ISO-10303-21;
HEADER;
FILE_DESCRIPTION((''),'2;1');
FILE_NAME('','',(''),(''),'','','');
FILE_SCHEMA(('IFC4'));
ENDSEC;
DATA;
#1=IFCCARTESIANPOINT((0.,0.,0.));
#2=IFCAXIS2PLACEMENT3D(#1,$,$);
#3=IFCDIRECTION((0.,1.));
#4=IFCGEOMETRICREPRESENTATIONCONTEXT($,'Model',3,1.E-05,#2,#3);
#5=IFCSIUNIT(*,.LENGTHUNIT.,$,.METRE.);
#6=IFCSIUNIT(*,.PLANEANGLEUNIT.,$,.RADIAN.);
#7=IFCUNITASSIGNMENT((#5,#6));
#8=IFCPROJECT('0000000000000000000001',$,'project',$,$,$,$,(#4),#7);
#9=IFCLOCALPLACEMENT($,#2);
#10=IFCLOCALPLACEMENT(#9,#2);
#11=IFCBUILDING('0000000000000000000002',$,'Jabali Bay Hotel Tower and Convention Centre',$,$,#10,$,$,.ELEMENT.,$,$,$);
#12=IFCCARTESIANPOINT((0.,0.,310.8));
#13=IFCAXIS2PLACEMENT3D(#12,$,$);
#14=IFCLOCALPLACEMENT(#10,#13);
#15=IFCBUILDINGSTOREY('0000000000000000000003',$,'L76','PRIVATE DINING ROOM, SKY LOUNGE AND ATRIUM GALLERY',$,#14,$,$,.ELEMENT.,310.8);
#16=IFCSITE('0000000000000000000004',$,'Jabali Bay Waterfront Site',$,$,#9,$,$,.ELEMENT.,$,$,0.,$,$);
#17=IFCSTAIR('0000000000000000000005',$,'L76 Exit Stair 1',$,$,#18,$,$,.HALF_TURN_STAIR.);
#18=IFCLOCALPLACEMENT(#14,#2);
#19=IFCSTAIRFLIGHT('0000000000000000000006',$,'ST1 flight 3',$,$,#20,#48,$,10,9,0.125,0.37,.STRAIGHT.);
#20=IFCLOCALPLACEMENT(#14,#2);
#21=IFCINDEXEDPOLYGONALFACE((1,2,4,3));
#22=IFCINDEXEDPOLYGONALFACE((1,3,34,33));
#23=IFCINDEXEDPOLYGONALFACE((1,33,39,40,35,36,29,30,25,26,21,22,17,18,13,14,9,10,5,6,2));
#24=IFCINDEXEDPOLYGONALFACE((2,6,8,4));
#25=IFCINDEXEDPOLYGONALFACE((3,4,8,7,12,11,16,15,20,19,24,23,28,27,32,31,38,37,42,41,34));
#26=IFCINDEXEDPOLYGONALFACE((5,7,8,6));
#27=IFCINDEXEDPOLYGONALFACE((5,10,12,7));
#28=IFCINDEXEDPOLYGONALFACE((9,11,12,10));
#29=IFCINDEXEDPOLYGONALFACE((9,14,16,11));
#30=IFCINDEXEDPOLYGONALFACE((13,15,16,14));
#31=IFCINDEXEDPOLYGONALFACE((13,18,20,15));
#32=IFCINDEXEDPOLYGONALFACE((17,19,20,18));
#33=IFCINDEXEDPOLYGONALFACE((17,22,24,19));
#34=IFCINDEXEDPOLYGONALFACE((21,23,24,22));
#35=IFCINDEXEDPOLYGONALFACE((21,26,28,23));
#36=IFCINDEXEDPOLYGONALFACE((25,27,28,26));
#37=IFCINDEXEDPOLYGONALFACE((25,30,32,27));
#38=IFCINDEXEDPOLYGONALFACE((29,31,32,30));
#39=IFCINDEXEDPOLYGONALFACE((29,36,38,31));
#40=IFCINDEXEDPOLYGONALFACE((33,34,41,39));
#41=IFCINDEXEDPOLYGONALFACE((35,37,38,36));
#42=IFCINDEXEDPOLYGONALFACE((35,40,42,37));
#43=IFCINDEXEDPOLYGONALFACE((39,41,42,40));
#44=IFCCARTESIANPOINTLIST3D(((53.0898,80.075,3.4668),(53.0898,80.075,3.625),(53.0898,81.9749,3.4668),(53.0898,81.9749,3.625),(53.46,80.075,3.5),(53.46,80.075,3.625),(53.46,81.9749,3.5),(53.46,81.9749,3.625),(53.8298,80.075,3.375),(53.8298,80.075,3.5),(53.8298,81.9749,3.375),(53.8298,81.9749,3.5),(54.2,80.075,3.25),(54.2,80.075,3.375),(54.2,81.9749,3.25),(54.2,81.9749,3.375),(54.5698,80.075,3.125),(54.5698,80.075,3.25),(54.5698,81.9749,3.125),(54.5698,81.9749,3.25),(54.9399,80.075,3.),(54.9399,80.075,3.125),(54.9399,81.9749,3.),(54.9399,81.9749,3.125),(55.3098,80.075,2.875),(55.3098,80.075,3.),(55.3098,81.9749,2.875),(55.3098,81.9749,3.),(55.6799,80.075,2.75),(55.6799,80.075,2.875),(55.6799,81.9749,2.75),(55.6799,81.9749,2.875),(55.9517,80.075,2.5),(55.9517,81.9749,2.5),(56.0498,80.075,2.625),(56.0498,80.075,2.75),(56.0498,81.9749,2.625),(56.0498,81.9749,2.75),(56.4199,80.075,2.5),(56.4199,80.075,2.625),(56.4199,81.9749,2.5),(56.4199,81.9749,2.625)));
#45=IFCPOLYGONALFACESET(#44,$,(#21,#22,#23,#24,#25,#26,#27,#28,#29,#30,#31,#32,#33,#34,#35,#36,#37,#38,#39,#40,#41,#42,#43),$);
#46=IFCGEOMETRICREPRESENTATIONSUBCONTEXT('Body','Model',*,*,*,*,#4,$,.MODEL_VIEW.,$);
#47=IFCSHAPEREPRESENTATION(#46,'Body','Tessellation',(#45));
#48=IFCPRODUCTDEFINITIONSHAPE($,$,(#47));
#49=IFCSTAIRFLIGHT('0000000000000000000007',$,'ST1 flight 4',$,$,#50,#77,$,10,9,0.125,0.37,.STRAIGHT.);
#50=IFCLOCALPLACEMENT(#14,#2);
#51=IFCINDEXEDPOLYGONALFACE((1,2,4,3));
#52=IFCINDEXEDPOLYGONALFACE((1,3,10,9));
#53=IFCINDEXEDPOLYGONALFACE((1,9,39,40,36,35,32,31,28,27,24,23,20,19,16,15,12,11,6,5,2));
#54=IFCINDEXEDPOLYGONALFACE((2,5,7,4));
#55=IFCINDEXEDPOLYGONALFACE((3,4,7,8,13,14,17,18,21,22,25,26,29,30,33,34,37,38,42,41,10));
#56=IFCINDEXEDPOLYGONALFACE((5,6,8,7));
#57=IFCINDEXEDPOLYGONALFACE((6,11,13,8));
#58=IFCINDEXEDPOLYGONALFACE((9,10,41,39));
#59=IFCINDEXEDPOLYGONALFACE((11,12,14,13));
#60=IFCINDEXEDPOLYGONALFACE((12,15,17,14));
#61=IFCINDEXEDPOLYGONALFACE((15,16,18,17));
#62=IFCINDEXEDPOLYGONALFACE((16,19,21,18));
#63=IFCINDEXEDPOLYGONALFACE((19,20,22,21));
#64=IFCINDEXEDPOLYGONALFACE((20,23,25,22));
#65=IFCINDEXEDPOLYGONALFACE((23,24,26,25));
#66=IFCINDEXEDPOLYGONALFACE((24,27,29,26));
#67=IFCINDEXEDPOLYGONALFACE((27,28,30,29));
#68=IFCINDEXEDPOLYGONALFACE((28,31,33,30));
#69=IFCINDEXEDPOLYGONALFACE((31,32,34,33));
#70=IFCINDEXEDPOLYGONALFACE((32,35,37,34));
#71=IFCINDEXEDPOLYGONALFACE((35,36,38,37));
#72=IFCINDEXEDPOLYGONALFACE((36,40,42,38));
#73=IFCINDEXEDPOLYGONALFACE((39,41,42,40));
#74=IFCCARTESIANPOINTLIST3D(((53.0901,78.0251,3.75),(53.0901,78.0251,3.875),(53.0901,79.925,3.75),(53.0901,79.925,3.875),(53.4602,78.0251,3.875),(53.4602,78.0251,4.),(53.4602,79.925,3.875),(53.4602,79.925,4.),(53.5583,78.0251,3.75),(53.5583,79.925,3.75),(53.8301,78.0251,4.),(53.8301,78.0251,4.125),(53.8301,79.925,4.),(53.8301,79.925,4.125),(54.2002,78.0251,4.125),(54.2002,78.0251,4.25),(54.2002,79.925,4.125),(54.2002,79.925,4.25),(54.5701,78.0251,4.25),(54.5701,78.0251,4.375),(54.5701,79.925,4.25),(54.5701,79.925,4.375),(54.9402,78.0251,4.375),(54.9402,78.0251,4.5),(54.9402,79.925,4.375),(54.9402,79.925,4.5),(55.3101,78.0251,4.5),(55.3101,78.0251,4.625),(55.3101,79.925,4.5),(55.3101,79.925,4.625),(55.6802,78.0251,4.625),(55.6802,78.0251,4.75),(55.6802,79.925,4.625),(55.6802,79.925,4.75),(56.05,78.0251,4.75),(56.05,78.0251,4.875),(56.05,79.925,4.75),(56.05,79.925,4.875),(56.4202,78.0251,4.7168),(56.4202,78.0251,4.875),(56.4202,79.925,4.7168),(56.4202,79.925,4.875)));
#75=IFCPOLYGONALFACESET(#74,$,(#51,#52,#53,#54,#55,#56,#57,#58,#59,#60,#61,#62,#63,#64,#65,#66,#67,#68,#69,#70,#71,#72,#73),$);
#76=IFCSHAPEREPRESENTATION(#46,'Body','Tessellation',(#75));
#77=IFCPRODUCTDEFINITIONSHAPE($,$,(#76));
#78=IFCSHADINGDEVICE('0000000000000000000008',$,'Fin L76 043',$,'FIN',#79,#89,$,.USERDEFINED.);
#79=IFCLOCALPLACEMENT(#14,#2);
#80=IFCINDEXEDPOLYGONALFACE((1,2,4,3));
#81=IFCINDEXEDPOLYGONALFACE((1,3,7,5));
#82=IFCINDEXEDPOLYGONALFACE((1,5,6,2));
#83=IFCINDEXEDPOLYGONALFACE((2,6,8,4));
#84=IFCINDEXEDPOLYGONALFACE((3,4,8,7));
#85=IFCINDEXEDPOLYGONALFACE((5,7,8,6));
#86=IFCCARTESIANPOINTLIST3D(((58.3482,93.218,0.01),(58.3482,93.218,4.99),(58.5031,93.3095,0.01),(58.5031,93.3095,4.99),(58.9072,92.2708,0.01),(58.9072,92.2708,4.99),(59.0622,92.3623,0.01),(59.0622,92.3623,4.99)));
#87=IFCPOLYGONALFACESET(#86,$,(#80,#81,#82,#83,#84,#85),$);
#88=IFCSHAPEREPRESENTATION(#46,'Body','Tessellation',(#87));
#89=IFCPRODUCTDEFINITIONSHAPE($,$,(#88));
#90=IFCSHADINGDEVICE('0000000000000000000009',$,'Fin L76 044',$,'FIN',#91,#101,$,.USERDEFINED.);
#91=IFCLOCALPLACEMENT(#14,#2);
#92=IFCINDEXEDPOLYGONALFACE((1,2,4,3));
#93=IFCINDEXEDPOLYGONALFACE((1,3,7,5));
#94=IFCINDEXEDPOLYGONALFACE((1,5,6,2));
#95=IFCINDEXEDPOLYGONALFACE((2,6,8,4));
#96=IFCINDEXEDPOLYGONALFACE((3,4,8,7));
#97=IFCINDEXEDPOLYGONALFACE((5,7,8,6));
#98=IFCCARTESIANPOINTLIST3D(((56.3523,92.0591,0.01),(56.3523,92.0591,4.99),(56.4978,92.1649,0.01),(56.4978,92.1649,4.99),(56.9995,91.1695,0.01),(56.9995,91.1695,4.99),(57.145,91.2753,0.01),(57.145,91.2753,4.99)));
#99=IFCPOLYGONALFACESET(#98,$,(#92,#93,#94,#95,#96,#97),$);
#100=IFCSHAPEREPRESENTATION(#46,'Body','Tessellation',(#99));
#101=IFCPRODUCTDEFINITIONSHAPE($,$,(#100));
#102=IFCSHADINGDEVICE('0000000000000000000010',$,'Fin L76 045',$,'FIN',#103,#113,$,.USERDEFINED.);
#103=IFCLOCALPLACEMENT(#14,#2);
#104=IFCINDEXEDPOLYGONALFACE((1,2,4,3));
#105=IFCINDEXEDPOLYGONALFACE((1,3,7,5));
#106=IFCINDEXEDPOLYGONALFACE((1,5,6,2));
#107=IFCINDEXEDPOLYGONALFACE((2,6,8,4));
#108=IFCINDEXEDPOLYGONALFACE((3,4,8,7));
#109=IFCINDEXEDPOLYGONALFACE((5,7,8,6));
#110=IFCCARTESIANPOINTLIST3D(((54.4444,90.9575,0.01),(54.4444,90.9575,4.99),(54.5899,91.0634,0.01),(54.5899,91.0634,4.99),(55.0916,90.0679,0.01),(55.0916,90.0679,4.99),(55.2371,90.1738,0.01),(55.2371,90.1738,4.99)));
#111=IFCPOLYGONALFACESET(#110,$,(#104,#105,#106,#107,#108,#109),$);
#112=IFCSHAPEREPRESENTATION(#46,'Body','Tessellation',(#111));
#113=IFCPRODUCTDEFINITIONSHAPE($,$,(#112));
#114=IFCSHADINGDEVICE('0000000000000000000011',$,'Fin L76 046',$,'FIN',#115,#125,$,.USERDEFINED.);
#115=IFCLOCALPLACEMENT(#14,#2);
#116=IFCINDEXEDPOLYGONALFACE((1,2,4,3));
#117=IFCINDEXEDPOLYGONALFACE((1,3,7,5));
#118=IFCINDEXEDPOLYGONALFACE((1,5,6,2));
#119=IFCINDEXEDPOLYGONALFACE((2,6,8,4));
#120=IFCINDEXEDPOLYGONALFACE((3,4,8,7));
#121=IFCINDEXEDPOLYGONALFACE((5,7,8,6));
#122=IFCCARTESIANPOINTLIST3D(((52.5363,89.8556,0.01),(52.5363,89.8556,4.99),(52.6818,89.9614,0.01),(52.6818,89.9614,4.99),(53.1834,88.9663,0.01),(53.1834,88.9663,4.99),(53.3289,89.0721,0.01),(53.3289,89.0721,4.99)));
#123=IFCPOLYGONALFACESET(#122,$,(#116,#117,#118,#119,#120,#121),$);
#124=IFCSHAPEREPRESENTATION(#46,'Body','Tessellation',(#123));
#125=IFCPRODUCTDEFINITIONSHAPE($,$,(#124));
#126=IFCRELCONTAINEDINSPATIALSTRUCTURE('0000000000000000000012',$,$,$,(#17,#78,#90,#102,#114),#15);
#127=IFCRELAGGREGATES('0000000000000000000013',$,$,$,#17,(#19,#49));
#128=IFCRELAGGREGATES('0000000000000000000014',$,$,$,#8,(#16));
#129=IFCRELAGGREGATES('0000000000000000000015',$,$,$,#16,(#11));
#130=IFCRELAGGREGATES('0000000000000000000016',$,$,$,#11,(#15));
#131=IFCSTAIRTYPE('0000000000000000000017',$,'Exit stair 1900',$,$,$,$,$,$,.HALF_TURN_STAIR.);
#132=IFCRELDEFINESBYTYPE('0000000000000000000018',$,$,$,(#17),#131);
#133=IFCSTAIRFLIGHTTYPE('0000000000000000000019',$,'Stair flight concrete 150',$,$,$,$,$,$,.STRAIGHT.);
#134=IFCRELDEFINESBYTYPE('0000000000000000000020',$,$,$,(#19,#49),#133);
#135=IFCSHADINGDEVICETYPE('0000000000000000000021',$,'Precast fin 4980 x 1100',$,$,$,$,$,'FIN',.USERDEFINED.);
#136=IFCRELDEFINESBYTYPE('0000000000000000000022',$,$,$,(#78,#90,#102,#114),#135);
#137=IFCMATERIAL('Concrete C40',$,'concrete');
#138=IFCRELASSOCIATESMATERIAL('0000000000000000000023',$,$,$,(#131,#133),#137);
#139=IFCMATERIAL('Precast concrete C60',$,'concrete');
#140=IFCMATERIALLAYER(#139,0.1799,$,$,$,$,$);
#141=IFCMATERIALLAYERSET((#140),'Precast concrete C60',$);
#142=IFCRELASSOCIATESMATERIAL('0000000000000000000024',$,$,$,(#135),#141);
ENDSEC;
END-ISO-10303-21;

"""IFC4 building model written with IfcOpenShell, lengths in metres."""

from ifc_helpers import new_model, si_unit, direction, frame, frame_2d, origin, place, context, subcontext, project, spatial, polyline, rectangle, outline, extrude, material, layer, layer_set, type_object, element, aggregate, save


model = new_model("IFC4")

# Units and contexts
model_context = context("Model", 3, precision=1e-05, world=origin(), true_north=direction((0.0, 1.0)))
body_context = subcontext(model_context, "Body", "Model", "MODEL_VIEW")
ifc_project = project(units=[si_unit("LENGTHUNIT", "METRE"), si_unit("PLANEANGLEUNIT", "RADIAN")], contexts=[model_context])

# Site, building, storey
site_placement = place(None, origin())
site = spatial("IfcSite", under=ifc_project, at=site_placement, Name="Jabali Bay Waterfront Site", CompositionType="ELEMENT", RefElevation=0.0)
building_placement = place(site_placement, origin())
building = spatial("IfcBuilding", under=site, at=building_placement, Name="Jabali Bay Hotel Tower and Convention Centre", CompositionType="ELEMENT")
storey_placement = place(building_placement, frame((0.0, 0.0, 310.8)))
storey = spatial("IfcBuildingStorey", under=building, at=storey_placement, Name="L76", Description="PRIVATE DINING ROOM, SKY LOUNGE AND ATRIUM GALLERY", CompositionType="ELEMENT", Elevation=310.8)

# Shared definitions
ifc_material_1 = material(Name="Concrete C40", Category="concrete")

# Stair, stair flights
stair_type = type_object("IfcStairType", Name="Exit stair 1900", PredefinedType="HALF_TURN_STAIR", material=ifc_material_1)
stair_placement = place(storey_placement, origin())
stair = element("IfcStair", 1, at=stair_placement, inside=storey, type_object=stair_type, Name="L76 Exit Stair 1", PredefinedType="HALF_TURN_STAIR")
stair_flight_type = type_object("IfcStairFlightType", Name="Stair flight concrete 150", PredefinedType="STRAIGHT", material=ifc_material_1)
stair_flight_1_placement = place(storey_placement, frame((56.4199, 81.0249, 2.5), z_axis=(0.0, 0.0, 1.0), x_axis=(-1.0, 0.0, 0.0)))
stair_flight_1 = element("IfcStairFlight", 2, at=stair_flight_1_placement, type_object=stair_flight_type, Name="ST1 flight 3", NumberOfRisers=10, NumberOfTreads=9, PredefinedType="STRAIGHT", RiserHeight=0.125, TreadLength=0.37, context=body_context, shape_type="SweptSolid", body=[
    extrude(outline(polyline([(0.0, 0.0), (0.0, 0.125), (0.3701, 0.125), (0.3701, 0.25), (0.74, 0.25), (0.74, 0.375), (1.1101, 0.375), (1.1101, 0.5), (1.48, 0.5), (1.48, 0.625), (1.8501, 0.625), (1.8501, 0.75), (2.22, 0.75), (2.22, 0.875), (2.5901, 0.875), (2.5901, 1.0), (2.96, 1.0), (2.96, 1.125), (3.3301, 1.125), (3.3301, 1.25), (3.3301, 0.9668), (0.4683, 0.0), (0.0, 0.0)])), frame((0.0, 0.95, 0.0), z_axis=(0.0, -1.0, 0.0), x_axis=(1.0, 0.0, 0.0)), (0.0, 0.0, 1.0), 1.8999),
])
stair_flight_2_placement = place(storey_placement, frame((53.0901, 78.9751, 3.75), z_axis=(0.0, 0.0, 1.0), x_axis=(1.0, 0.0, 0.0)))
stair_flight_2 = element("IfcStairFlight", 3, at=stair_flight_2_placement, type_object=stair_flight_type, Name="ST1 flight 4", NumberOfRisers=10, NumberOfTreads=9, PredefinedType="STRAIGHT", RiserHeight=0.125, TreadLength=0.37, context=body_context, shape_type="SweptSolid", body=[
    extrude(outline(polyline([(0.0, 0.0), (0.0, 0.125), (0.3701, 0.125), (0.3701, 0.25), (0.74, 0.25), (0.74, 0.375), (1.1101, 0.375), (1.1101, 0.5), (1.48, 0.5), (1.48, 0.625), (1.8501, 0.625), (1.8501, 0.75), (2.22, 0.75), (2.22, 0.875), (2.5901, 0.875), (2.5901, 1.0), (2.96, 1.0), (2.96, 1.125), (3.3301, 1.125), (3.3301, 1.25), (3.3301, 0.9668), (0.4683, 0.0), (0.0, 0.0)])), frame((0.0, 0.95, 0.0), z_axis=(0.0, -1.0, 0.0), x_axis=(1.0, 0.0, 0.0)), (0.0, 0.0, 1.0), 1.8999),
])
aggregate(stair, [stair_flight_1, stair_flight_2])

# Shading devices
ifc_material_2 = material(Name="Precast concrete C60", Category="concrete")
ifc_layer_1 = layer(ifc_material_2, 0.1799)
ifc_layer_set_1 = layer_set([ifc_layer_1], Name="Precast concrete C60")
shading_device_type = type_object("IfcShadingDeviceType", Name="Precast fin 4980 x 1100", ElementType="FIN", PredefinedType="USERDEFINED", material=ifc_layer_set_1)
shading_device_1_placement = place(storey_placement, frame((58.9846, 92.3167, 0.01), z_axis=(0.0, 0.0, 1.0), x_axis=(-0.508281, 0.861192, 0.0)))
element("IfcShadingDevice", 4, at=shading_device_1_placement, inside=storey, type_object=shading_device_type, Name="Fin L76 043", ObjectType="FIN", PredefinedType="USERDEFINED", context=body_context, shape_type="SweptSolid", body=[
    extrude(rectangle(XDim=1.0999, YDim=0.1799, at=frame_2d((0.5498, 0.0))), origin(), (0.0, 0.0, 1.0), 4.98),
])
for number, where, z_axis, x_axis, name in (
    (5, (57.0723, 91.2224, 0.01), (0.0, 0.0, 1.0), (-0.58829, 0.80865, 0.0), "Fin L76 044"),
    (6, (55.1643, 90.1208, 0.01), (0.0, 0.0, 1.0), (-0.58829, 0.80865, 0.0), "Fin L76 045"),
):
    element("IfcShadingDevice", number, at=place(storey_placement, frame(where, z_axis=z_axis, x_axis=x_axis)), inside=storey, type_object=shading_device_type, Name=name, ObjectType="FIN", PredefinedType="USERDEFINED", context=body_context, shape_type="SweptSolid", body=[
        extrude(rectangle(XDim=1.1001, YDim=0.1799, at=frame_2d((0.55, 0.0))), origin(), (0.0, 0.0, 1.0), 4.98),
    ])
shading_device_2_placement = place(storey_placement, frame((53.2561, 89.0193, 0.01), z_axis=(0.0, 0.0, 1.0), x_axis=(-0.588396, 0.808573, 0.0)))
element("IfcShadingDevice", 7, at=shading_device_2_placement, inside=storey, type_object=shading_device_type, Name="Fin L76 046", ObjectType="FIN", PredefinedType="USERDEFINED", context=body_context, shape_type="SweptSolid", body=[
    extrude(rectangle(XDim=1.0999, YDim=0.1799, at=frame_2d((0.5498, 0.0))), origin(), (0.0, 0.0, 1.0), 4.98),
])

save(model, "model.ifc")
